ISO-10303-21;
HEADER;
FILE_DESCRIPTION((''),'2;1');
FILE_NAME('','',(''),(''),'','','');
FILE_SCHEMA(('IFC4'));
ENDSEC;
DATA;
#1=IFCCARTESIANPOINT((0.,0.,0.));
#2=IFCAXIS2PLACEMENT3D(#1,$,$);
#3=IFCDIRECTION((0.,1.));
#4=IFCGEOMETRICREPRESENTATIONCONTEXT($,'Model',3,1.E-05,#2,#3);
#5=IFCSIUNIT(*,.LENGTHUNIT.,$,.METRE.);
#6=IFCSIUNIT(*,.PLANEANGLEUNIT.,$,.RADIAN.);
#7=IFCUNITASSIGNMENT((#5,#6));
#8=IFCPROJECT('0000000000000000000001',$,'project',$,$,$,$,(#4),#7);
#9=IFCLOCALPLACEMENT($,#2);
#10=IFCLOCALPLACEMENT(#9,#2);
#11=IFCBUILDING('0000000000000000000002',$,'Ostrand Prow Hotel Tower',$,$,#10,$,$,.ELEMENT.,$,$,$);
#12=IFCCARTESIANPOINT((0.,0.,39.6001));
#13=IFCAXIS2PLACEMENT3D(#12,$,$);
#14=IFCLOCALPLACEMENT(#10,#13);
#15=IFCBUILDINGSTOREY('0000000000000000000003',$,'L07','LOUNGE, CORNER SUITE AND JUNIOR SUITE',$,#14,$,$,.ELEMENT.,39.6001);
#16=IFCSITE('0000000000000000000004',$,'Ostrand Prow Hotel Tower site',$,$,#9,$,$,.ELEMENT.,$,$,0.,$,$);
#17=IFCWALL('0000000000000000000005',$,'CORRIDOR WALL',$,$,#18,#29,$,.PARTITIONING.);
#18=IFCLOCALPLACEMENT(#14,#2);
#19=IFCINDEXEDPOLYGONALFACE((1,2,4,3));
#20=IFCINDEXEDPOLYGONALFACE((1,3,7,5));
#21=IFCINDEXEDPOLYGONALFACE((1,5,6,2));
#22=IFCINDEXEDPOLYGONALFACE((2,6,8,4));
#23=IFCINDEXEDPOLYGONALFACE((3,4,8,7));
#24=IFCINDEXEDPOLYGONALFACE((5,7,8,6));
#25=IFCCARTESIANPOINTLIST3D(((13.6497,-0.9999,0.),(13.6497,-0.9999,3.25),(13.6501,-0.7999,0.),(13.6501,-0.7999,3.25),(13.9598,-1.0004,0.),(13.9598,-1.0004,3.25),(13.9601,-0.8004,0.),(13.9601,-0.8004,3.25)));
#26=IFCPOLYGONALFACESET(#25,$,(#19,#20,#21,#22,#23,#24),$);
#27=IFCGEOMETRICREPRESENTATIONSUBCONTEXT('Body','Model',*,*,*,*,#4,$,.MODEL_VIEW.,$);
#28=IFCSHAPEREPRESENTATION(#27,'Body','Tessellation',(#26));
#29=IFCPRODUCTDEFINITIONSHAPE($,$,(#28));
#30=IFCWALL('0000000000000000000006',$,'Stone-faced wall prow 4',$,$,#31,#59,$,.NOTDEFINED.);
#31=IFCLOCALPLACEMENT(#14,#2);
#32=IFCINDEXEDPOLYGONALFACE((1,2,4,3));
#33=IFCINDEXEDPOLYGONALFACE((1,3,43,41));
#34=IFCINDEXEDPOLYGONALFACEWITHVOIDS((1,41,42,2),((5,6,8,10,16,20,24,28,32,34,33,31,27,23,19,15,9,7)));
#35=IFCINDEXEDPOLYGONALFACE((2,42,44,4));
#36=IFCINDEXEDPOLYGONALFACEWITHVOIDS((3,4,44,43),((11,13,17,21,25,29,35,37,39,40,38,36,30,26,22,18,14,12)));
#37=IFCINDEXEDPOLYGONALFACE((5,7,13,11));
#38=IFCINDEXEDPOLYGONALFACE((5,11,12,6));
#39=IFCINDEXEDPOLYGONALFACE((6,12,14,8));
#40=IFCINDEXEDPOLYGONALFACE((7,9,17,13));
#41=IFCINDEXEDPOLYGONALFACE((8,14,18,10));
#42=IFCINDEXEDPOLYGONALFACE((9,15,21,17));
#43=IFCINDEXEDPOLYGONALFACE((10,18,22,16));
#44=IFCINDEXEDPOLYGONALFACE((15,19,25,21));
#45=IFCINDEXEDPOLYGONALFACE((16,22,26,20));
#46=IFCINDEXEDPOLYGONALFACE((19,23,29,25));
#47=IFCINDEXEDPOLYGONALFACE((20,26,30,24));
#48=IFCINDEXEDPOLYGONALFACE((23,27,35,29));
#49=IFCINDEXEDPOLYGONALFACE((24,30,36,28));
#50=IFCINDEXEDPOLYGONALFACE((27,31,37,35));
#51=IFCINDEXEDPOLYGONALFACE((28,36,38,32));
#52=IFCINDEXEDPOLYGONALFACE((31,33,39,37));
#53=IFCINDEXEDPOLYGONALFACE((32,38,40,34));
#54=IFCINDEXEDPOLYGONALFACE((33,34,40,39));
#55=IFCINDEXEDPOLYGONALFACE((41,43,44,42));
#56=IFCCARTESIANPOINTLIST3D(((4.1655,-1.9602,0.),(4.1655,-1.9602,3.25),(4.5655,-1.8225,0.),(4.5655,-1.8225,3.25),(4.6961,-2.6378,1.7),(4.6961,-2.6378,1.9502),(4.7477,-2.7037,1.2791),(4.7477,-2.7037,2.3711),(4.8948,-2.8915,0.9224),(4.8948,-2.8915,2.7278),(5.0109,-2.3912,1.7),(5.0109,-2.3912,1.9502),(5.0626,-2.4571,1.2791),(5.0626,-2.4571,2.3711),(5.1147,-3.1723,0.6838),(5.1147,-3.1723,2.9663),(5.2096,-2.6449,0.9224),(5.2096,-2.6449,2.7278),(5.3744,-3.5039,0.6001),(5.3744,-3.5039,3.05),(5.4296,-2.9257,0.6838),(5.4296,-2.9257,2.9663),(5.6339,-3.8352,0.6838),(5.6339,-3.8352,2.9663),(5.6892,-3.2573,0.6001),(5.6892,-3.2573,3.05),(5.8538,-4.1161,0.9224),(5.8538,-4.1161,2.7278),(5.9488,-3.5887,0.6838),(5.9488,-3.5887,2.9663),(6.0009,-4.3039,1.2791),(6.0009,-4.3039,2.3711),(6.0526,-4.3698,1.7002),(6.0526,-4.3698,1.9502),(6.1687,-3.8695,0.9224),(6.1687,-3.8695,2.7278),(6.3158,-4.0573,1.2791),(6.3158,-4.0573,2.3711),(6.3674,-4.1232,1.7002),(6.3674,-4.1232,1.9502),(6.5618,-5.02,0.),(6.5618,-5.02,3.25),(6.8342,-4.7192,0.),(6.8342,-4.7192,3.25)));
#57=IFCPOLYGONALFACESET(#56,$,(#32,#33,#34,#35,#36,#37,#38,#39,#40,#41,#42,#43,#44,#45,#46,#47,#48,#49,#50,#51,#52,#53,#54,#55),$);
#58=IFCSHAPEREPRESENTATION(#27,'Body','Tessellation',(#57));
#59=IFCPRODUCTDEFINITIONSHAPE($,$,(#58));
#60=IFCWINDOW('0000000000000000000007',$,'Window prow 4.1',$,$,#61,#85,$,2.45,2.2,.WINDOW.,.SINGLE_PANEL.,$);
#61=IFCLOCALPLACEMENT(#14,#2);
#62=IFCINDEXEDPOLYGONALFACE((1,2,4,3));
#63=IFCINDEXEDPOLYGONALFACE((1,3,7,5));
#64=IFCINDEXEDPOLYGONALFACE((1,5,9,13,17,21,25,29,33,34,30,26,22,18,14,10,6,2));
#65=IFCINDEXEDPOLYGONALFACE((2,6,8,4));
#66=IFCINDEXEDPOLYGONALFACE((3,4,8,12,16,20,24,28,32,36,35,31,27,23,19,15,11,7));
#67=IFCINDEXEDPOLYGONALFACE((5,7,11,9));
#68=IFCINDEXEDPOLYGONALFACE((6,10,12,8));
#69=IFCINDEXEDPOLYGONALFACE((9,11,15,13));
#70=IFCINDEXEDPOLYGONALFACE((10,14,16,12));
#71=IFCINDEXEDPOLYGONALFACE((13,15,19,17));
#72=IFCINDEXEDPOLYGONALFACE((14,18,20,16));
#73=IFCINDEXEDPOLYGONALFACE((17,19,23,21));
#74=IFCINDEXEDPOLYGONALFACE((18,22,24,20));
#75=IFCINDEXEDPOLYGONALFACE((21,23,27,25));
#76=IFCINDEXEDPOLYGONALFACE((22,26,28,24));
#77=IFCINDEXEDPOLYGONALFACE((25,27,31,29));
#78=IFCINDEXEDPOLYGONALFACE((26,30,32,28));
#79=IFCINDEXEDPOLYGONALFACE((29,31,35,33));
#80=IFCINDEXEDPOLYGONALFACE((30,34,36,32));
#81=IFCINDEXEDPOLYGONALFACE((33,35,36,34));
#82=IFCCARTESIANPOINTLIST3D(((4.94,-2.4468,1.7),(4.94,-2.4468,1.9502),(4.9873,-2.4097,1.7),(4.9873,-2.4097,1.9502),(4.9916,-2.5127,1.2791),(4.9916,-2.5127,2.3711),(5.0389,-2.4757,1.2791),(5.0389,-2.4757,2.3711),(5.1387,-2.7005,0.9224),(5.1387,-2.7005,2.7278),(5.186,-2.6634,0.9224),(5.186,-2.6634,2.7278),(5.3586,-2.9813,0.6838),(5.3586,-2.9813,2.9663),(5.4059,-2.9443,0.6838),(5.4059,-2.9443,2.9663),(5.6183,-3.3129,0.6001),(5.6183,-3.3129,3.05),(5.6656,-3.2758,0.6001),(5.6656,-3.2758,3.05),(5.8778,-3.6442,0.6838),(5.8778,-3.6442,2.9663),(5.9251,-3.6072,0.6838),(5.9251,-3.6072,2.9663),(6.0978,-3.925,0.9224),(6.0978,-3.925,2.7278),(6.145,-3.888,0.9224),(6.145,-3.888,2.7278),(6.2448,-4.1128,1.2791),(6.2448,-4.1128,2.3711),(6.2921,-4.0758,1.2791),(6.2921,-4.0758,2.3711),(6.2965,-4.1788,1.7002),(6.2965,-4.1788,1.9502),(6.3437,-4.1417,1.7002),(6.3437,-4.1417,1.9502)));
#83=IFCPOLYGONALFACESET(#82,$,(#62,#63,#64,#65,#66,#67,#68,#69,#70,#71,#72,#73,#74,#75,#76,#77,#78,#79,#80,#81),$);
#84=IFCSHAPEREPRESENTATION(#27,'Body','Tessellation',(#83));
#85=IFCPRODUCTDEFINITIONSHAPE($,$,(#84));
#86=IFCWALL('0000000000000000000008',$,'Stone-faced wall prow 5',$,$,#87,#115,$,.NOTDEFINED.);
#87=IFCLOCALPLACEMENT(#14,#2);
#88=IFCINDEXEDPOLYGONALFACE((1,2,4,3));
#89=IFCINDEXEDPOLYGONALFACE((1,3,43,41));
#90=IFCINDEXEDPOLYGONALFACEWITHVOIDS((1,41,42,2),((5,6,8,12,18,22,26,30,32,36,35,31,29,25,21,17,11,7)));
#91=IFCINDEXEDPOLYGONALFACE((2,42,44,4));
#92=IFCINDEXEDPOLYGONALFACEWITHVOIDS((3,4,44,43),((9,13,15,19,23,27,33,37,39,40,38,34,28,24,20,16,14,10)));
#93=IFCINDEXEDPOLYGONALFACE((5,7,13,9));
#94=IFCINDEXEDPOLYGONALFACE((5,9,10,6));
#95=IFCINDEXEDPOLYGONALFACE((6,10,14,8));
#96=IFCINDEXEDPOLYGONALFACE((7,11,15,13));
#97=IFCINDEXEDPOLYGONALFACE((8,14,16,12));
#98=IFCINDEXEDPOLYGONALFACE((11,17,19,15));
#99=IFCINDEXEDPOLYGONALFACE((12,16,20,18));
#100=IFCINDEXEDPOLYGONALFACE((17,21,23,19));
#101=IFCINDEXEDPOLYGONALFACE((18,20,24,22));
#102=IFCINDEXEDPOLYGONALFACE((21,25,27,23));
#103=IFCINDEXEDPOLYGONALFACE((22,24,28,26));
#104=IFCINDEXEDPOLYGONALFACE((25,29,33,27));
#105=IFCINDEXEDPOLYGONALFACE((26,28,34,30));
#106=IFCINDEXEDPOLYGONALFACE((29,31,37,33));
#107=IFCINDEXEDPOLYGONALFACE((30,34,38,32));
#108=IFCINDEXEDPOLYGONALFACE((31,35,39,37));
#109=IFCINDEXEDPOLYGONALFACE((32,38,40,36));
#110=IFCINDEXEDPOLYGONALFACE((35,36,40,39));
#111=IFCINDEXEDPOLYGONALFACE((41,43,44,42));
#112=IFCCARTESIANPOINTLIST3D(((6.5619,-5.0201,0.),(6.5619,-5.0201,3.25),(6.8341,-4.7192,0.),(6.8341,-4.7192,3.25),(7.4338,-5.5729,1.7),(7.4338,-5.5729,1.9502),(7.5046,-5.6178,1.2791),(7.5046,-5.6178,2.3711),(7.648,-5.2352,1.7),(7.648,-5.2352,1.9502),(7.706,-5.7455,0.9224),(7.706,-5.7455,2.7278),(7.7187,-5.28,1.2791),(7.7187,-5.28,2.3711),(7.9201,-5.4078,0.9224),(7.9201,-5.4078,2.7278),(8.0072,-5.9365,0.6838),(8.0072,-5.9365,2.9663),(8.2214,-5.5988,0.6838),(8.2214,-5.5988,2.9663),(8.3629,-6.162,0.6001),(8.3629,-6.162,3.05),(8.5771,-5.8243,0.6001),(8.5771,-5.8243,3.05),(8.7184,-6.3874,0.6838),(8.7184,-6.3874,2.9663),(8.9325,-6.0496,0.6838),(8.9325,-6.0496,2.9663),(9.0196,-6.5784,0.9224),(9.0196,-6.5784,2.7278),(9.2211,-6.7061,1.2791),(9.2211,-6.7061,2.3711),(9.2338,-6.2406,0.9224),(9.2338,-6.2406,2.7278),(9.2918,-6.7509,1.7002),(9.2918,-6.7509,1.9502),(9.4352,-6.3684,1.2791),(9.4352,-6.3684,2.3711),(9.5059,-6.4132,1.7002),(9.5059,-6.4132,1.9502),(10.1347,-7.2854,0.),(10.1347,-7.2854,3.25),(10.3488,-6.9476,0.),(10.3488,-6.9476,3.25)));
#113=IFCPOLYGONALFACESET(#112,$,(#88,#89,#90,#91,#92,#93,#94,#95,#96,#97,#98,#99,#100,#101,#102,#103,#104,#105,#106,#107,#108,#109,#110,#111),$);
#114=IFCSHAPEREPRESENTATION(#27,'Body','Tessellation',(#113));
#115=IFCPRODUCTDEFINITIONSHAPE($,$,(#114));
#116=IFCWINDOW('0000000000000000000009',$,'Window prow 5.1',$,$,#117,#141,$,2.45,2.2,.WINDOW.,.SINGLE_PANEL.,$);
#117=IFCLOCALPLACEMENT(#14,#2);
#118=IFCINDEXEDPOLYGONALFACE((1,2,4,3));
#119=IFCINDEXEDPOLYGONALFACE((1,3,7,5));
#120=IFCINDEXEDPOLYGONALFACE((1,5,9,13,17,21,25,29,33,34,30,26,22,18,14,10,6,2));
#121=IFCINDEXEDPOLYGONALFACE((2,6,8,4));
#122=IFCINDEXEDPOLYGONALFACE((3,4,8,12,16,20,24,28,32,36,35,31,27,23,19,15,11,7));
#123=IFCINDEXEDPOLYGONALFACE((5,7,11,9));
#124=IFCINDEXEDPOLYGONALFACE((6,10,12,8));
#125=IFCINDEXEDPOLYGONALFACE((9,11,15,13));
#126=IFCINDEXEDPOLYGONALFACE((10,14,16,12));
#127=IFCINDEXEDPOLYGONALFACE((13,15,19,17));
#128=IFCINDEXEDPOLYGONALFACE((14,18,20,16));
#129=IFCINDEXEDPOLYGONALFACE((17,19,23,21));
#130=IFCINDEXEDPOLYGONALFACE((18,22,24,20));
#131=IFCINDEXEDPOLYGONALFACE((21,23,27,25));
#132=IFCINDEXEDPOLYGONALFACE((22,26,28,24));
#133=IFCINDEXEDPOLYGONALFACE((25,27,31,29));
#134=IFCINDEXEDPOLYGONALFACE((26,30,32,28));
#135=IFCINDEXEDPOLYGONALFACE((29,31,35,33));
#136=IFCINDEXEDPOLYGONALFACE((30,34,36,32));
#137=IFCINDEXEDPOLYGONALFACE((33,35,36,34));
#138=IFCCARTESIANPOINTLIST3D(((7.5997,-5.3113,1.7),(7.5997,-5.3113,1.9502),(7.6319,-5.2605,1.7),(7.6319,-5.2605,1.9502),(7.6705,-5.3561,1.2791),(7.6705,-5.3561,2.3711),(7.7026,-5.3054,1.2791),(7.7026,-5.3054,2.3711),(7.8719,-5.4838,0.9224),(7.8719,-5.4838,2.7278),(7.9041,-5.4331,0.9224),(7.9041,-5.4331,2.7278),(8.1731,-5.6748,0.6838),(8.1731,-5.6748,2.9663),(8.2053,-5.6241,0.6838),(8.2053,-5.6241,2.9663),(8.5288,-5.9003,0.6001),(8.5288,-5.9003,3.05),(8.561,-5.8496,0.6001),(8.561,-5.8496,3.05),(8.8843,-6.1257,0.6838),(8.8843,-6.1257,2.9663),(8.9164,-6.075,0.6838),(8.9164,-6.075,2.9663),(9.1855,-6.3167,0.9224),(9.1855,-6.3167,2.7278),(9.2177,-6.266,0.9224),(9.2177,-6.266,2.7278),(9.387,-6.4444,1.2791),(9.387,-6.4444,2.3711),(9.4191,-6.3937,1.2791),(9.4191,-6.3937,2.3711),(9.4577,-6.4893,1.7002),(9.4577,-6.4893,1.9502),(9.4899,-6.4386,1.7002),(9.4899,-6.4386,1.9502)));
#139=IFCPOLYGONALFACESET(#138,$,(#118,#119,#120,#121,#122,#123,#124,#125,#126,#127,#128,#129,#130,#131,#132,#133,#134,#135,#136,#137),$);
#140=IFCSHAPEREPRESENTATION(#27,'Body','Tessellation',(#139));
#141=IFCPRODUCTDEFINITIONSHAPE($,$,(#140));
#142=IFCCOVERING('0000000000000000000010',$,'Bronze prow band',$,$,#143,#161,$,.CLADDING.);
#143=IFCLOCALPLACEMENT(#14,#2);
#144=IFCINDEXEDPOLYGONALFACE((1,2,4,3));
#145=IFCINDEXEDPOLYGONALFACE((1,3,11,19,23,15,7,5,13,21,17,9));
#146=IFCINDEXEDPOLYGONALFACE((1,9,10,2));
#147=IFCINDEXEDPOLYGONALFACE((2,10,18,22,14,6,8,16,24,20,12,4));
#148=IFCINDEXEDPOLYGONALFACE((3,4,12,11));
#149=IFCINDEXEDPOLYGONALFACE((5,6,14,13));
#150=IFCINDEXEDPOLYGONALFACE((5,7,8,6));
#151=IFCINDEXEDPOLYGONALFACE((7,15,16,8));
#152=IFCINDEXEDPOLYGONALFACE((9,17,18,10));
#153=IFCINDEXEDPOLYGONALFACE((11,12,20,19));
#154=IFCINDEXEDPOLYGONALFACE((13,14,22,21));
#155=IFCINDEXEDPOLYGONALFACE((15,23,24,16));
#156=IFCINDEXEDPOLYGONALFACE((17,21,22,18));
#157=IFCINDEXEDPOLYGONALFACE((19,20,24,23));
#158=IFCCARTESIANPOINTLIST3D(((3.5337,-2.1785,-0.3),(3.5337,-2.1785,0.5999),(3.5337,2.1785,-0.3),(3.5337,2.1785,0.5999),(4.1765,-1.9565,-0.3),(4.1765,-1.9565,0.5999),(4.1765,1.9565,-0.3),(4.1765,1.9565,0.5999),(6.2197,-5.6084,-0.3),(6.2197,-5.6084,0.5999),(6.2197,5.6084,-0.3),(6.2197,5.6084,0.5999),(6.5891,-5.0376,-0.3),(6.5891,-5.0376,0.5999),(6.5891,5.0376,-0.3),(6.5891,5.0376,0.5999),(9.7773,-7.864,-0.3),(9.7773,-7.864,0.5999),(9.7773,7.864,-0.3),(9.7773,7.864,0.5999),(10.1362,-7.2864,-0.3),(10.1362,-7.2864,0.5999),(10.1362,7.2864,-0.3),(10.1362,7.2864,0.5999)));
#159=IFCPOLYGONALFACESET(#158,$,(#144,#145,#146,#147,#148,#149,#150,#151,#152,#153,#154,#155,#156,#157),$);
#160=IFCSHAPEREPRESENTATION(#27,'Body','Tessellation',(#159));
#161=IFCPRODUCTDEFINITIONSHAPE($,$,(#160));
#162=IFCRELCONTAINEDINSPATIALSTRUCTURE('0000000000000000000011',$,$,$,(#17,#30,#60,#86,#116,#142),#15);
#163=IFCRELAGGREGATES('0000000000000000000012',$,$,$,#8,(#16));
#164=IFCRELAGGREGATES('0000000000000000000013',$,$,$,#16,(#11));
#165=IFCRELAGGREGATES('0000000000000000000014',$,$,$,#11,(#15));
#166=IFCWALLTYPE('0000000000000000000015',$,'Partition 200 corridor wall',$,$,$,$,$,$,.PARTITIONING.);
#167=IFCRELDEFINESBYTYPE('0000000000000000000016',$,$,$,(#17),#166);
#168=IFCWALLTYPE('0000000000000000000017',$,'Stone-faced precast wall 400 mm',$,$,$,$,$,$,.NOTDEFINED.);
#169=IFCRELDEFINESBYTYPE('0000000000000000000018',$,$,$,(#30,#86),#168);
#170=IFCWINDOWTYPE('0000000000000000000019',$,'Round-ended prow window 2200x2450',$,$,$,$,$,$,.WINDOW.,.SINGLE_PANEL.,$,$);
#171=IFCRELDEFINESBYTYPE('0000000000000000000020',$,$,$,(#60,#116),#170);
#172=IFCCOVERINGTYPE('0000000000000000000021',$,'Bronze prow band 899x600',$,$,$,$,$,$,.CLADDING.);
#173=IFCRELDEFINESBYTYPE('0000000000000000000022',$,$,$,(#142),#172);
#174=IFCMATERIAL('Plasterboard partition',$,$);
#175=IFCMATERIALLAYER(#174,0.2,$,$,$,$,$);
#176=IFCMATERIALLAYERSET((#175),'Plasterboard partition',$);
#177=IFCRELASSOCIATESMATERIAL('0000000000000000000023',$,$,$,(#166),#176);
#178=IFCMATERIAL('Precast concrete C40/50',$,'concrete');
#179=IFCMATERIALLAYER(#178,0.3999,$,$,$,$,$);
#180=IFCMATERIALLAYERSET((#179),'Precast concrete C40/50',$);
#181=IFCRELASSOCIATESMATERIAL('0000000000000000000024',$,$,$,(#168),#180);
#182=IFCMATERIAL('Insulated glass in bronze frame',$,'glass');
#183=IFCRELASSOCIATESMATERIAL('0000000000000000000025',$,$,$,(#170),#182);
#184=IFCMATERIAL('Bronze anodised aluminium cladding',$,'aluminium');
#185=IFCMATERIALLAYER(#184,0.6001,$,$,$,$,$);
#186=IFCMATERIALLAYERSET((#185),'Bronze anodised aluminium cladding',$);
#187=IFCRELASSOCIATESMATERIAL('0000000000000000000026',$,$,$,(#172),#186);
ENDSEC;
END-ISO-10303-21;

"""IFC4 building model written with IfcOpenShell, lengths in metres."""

from ifc_helpers import new_model, si_unit, direction, frame, frame_2d, origin, place, context, subcontext, project, spatial, polyline, rectangle, outline, extrude, material, layer, layer_set, type_object, element, fill, save


model = new_model("IFC4")

# Units and contexts
model_context = context("Model", 3, precision=1e-05, world=origin(), true_north=direction((0.0, 1.0)))
body_context = subcontext(model_context, "Body", "Model", "MODEL_VIEW")
ifc_project = project(units=[si_unit("LENGTHUNIT", "METRE"), si_unit("PLANEANGLEUNIT", "RADIAN")], contexts=[model_context])

# Site, building, storey
site_placement = place(None, origin())
site = spatial("IfcSite", under=ifc_project, at=site_placement, Name="Ostrand Prow Hotel Tower site", CompositionType="ELEMENT", RefElevation=0.0)
building_placement = place(site_placement, origin())
building = spatial("IfcBuilding", under=site, at=building_placement, Name="Ostrand Prow Hotel Tower", CompositionType="ELEMENT")
storey_placement = place(building_placement, frame((0.0, 0.0, 39.6001)))
storey = spatial("IfcBuildingStorey", under=building, at=storey_placement, Name="L07", Description="LOUNGE, CORNER SUITE AND JUNIOR SUITE", CompositionType="ELEMENT", Elevation=39.6001)

# Shared definitions
ifc_material_1 = material(Name="Plasterboard partition")
ifc_layer_1 = layer(ifc_material_1, 0.2)
ifc_layer_set_1 = layer_set([ifc_layer_1], Name="Plasterboard partition")
wall_type_1 = type_object("IfcWallType", Name="Partition 200 corridor wall", PredefinedType="PARTITIONING", material=ifc_layer_set_1)

# Wall
wall_1_placement = place(storey_placement, frame((13.6499, -0.8999, 0.0), z_axis=(0.0, 0.0, 1.0), x_axis=(0.999999, -0.001575, 0.0)))
element("IfcWall", 1, at=wall_1_placement, inside=storey, type_object=wall_type_1, Name="CORRIDOR WALL", PredefinedType="PARTITIONING", context=body_context, shape_type="SweptSolid", body=[
    extrude(rectangle(XDim=0.3101, YDim=0.2, at=frame_2d((0.155, 0.0))), origin(), (0.0, 0.0, 1.0), 3.25),
])

# Walls, openings, windows
ifc_material_2 = material(Name="Precast concrete C40/50", Category="concrete")
ifc_layer_2 = layer(ifc_material_2, 0.3999)
ifc_layer_set_2 = layer_set([ifc_layer_2], Name="Precast concrete C40/50")
wall_type_2 = type_object("IfcWallType", Name="Stone-faced precast wall 400 mm", PredefinedType="NOTDEFINED", material=ifc_layer_set_2)
wall_2_placement = place(storey_placement, frame((4.3655, -1.8914, 0.0), z_axis=(0.0, 0.0, 1.0), x_axis=(0.616587, -0.787287, 0.0)))
wall_2 = element("IfcWall", 2, at=wall_2_placement, inside=storey, type_object=wall_type_2, Name="Stone-faced wall prow 4", PredefinedType="NOTDEFINED", context=body_context, shape_type="SweptSolid", body=[
    extrude(outline(polyline([(-0.0691, -0.2), (3.8174, -0.2), (3.7485, 0.2), (0.0691, 0.2), (-0.0691, -0.2)])), origin(), (0.0, 0.0, 1.0), 3.25),
])
opening_1_placement = place(wall_2_placement, frame((0.7915, 0.0, 0.6001)))
opening_1 = element("IfcOpeningElement", 3, at=opening_1_placement, cuts=wall_2, PredefinedType="OPENING", context=body_context, shape_type="SweptSolid", body=[
    extrude(outline(polyline([(0.0, 1.3501), (0.0837, 1.771), (0.3223, 2.1277), (0.679, 2.3662), (1.1001, 2.45), (1.521, 2.3662), (1.8777, 2.1277), (2.1162, 1.771), (2.2, 1.3501), (2.2, 1.1001), (2.1162, 0.679), (1.8777, 0.3223), (1.521, 0.0837), (1.1001, 0.0), (0.679, 0.0837), (0.3223, 0.3223), (0.0837, 0.679), (0.0, 1.0999), (0.0, 1.3501)])), frame((0.0, 0.21, 0.0), z_axis=(0.0, -1.0, 0.0), x_axis=(1.0, 0.0, 0.0)), (0.0, 0.0, 1.0), 0.4199),
])
ifc_material_3 = material(Name="Insulated glass in bronze frame", Category="glass")
window_type = type_object("IfcWindowType", Name="Round-ended prow window 2200x2450", PartitioningType="SINGLE_PANEL", PredefinedType="WINDOW", material=ifc_material_3)
window_1_placement = place(opening_1_placement, origin())
window_1 = element("IfcWindow", 4, at=window_1_placement, inside=storey, type_object=window_type, Name="Window prow 4.1", OverallHeight=2.45, OverallWidth=2.2, PartitioningType="SINGLE_PANEL", PredefinedType="WINDOW", context=body_context, shape_type="SweptSolid", body=[
    extrude(outline(polyline([(0.0, 1.3501), (0.0837, 1.771), (0.3223, 2.1277), (0.679, 2.3662), (1.1001, 2.45), (1.521, 2.3662), (1.8777, 2.1277), (2.1162, 1.771), (2.2, 1.3501), (2.2, 1.1001), (2.1162, 0.679), (1.8777, 0.3223), (1.521, 0.0837), (1.1001, 0.0), (0.679, 0.0837), (0.3223, 0.3223), (0.0837, 0.679), (0.0, 1.0999), (0.0, 1.3501)])), frame((0.0, 0.1699, 0.0), z_axis=(0.0, -1.0, 0.0), x_axis=(1.0, 0.0, 0.0)), (0.0, 0.0, 1.0), 0.0601),
])
fill(opening_1, window_1)
wall_3_placement = place(storey_placement, frame((6.698, -4.8696, 0.0), z_axis=(0.0, 0.0, 1.0), x_axis=(0.844552, -0.535474, 0.0)))
wall_3 = element("IfcWall", 5, at=wall_3_placement, inside=storey, type_object=wall_type_2, Name="Stone-faced wall prow 5", PredefinedType="NOTDEFINED", context=body_context, shape_type="SweptSolid", body=[
    extrude(outline(polyline([(-0.0344, -0.2), (4.196, -0.2), (4.196, 0.2), (0.0344, 0.2), (-0.0344, -0.2)])), origin(), (0.0, 0.0, 1.0), 3.25),
])
opening_2_placement = place(wall_3_placement, frame((0.998, 0.0, 0.6001)))
opening_2 = element("IfcOpeningElement", 6, at=opening_2_placement, cuts=wall_3, PredefinedType="OPENING", context=body_context, shape_type="SweptSolid", body=[
    extrude(outline(polyline([(0.0, 1.3501), (0.0837, 1.771), (0.3223, 2.1277), (0.679, 2.3662), (1.1001, 2.45), (1.521, 2.3662), (1.8777, 2.1277), (2.1162, 1.771), (2.2, 1.3501), (2.2, 1.1001), (2.1162, 0.679), (1.8777, 0.3223), (1.521, 0.0837), (1.1001, 0.0), (0.679, 0.0837), (0.3223, 0.3223), (0.0837, 0.679), (0.0, 1.0999), (0.0, 1.3501)])), frame((0.0, 0.21, 0.0), z_axis=(0.0, -1.0, 0.0), x_axis=(1.0, 0.0, 0.0)), (0.0, 0.0, 1.0), 0.4199),
])
window_2_placement = place(opening_2_placement, origin())
window_2 = element("IfcWindow", 7, at=window_2_placement, inside=storey, type_object=window_type, Name="Window prow 5.1", OverallHeight=2.45, OverallWidth=2.2, PartitioningType="SINGLE_PANEL", PredefinedType="WINDOW", context=body_context, shape_type="SweptSolid", body=[
    extrude(outline(polyline([(0.0, 1.3501), (0.0837, 1.771), (0.3223, 2.1277), (0.679, 2.3662), (1.1001, 2.45), (1.521, 2.3662), (1.8777, 2.1277), (2.1162, 1.771), (2.2, 1.3501), (2.2, 1.1001), (2.1162, 0.679), (1.8777, 0.3223), (1.521, 0.0837), (1.1001, 0.0), (0.679, 0.0837), (0.3223, 0.3223), (0.0837, 0.679), (0.0, 1.0999), (0.0, 1.3501)])), frame((0.0, 0.1699, 0.0), z_axis=(0.0, -1.0, 0.0), x_axis=(1.0, 0.0, 0.0)), (0.0, 0.0, 1.0), 0.0601),
])
fill(opening_2, window_2)

# Covering
ifc_material_4 = material(Name="Bronze anodised aluminium cladding", Category="aluminium")
ifc_layer_3 = layer(ifc_material_4, 0.6001)
ifc_layer_set_3 = layer_set([ifc_layer_3], Name="Bronze anodised aluminium cladding")
covering_type_1 = type_object("IfcCoveringType", Name="Bronze prow band 899x600", PredefinedType="CLADDING", material=ifc_layer_set_3)
covering_1_placement = place(storey_placement, frame((0.0, 0.0, -0.3)))
element("IfcCovering", 8, at=covering_1_placement, inside=storey, type_object=covering_type_1, Name="Bronze prow band", PredefinedType="CLADDING", context=body_context, shape_type="SweptSolid", body=[
    extrude(outline(polyline([(9.7773, 7.864), (6.2197, 5.6084), (3.5337, 2.1785), (3.5337, -2.1785), (6.2197, -5.6084), (9.7773, -7.864), (10.1362, -7.2864), (6.5891, -5.0376), (4.1765, -1.9565), (4.1765, 1.9565), (6.5891, 5.0376), (10.1362, 7.2864), (9.7773, 7.864)])), origin(), (0.0, 0.0, 1.0), 0.8999),
])

save(model, "model.ifc")
